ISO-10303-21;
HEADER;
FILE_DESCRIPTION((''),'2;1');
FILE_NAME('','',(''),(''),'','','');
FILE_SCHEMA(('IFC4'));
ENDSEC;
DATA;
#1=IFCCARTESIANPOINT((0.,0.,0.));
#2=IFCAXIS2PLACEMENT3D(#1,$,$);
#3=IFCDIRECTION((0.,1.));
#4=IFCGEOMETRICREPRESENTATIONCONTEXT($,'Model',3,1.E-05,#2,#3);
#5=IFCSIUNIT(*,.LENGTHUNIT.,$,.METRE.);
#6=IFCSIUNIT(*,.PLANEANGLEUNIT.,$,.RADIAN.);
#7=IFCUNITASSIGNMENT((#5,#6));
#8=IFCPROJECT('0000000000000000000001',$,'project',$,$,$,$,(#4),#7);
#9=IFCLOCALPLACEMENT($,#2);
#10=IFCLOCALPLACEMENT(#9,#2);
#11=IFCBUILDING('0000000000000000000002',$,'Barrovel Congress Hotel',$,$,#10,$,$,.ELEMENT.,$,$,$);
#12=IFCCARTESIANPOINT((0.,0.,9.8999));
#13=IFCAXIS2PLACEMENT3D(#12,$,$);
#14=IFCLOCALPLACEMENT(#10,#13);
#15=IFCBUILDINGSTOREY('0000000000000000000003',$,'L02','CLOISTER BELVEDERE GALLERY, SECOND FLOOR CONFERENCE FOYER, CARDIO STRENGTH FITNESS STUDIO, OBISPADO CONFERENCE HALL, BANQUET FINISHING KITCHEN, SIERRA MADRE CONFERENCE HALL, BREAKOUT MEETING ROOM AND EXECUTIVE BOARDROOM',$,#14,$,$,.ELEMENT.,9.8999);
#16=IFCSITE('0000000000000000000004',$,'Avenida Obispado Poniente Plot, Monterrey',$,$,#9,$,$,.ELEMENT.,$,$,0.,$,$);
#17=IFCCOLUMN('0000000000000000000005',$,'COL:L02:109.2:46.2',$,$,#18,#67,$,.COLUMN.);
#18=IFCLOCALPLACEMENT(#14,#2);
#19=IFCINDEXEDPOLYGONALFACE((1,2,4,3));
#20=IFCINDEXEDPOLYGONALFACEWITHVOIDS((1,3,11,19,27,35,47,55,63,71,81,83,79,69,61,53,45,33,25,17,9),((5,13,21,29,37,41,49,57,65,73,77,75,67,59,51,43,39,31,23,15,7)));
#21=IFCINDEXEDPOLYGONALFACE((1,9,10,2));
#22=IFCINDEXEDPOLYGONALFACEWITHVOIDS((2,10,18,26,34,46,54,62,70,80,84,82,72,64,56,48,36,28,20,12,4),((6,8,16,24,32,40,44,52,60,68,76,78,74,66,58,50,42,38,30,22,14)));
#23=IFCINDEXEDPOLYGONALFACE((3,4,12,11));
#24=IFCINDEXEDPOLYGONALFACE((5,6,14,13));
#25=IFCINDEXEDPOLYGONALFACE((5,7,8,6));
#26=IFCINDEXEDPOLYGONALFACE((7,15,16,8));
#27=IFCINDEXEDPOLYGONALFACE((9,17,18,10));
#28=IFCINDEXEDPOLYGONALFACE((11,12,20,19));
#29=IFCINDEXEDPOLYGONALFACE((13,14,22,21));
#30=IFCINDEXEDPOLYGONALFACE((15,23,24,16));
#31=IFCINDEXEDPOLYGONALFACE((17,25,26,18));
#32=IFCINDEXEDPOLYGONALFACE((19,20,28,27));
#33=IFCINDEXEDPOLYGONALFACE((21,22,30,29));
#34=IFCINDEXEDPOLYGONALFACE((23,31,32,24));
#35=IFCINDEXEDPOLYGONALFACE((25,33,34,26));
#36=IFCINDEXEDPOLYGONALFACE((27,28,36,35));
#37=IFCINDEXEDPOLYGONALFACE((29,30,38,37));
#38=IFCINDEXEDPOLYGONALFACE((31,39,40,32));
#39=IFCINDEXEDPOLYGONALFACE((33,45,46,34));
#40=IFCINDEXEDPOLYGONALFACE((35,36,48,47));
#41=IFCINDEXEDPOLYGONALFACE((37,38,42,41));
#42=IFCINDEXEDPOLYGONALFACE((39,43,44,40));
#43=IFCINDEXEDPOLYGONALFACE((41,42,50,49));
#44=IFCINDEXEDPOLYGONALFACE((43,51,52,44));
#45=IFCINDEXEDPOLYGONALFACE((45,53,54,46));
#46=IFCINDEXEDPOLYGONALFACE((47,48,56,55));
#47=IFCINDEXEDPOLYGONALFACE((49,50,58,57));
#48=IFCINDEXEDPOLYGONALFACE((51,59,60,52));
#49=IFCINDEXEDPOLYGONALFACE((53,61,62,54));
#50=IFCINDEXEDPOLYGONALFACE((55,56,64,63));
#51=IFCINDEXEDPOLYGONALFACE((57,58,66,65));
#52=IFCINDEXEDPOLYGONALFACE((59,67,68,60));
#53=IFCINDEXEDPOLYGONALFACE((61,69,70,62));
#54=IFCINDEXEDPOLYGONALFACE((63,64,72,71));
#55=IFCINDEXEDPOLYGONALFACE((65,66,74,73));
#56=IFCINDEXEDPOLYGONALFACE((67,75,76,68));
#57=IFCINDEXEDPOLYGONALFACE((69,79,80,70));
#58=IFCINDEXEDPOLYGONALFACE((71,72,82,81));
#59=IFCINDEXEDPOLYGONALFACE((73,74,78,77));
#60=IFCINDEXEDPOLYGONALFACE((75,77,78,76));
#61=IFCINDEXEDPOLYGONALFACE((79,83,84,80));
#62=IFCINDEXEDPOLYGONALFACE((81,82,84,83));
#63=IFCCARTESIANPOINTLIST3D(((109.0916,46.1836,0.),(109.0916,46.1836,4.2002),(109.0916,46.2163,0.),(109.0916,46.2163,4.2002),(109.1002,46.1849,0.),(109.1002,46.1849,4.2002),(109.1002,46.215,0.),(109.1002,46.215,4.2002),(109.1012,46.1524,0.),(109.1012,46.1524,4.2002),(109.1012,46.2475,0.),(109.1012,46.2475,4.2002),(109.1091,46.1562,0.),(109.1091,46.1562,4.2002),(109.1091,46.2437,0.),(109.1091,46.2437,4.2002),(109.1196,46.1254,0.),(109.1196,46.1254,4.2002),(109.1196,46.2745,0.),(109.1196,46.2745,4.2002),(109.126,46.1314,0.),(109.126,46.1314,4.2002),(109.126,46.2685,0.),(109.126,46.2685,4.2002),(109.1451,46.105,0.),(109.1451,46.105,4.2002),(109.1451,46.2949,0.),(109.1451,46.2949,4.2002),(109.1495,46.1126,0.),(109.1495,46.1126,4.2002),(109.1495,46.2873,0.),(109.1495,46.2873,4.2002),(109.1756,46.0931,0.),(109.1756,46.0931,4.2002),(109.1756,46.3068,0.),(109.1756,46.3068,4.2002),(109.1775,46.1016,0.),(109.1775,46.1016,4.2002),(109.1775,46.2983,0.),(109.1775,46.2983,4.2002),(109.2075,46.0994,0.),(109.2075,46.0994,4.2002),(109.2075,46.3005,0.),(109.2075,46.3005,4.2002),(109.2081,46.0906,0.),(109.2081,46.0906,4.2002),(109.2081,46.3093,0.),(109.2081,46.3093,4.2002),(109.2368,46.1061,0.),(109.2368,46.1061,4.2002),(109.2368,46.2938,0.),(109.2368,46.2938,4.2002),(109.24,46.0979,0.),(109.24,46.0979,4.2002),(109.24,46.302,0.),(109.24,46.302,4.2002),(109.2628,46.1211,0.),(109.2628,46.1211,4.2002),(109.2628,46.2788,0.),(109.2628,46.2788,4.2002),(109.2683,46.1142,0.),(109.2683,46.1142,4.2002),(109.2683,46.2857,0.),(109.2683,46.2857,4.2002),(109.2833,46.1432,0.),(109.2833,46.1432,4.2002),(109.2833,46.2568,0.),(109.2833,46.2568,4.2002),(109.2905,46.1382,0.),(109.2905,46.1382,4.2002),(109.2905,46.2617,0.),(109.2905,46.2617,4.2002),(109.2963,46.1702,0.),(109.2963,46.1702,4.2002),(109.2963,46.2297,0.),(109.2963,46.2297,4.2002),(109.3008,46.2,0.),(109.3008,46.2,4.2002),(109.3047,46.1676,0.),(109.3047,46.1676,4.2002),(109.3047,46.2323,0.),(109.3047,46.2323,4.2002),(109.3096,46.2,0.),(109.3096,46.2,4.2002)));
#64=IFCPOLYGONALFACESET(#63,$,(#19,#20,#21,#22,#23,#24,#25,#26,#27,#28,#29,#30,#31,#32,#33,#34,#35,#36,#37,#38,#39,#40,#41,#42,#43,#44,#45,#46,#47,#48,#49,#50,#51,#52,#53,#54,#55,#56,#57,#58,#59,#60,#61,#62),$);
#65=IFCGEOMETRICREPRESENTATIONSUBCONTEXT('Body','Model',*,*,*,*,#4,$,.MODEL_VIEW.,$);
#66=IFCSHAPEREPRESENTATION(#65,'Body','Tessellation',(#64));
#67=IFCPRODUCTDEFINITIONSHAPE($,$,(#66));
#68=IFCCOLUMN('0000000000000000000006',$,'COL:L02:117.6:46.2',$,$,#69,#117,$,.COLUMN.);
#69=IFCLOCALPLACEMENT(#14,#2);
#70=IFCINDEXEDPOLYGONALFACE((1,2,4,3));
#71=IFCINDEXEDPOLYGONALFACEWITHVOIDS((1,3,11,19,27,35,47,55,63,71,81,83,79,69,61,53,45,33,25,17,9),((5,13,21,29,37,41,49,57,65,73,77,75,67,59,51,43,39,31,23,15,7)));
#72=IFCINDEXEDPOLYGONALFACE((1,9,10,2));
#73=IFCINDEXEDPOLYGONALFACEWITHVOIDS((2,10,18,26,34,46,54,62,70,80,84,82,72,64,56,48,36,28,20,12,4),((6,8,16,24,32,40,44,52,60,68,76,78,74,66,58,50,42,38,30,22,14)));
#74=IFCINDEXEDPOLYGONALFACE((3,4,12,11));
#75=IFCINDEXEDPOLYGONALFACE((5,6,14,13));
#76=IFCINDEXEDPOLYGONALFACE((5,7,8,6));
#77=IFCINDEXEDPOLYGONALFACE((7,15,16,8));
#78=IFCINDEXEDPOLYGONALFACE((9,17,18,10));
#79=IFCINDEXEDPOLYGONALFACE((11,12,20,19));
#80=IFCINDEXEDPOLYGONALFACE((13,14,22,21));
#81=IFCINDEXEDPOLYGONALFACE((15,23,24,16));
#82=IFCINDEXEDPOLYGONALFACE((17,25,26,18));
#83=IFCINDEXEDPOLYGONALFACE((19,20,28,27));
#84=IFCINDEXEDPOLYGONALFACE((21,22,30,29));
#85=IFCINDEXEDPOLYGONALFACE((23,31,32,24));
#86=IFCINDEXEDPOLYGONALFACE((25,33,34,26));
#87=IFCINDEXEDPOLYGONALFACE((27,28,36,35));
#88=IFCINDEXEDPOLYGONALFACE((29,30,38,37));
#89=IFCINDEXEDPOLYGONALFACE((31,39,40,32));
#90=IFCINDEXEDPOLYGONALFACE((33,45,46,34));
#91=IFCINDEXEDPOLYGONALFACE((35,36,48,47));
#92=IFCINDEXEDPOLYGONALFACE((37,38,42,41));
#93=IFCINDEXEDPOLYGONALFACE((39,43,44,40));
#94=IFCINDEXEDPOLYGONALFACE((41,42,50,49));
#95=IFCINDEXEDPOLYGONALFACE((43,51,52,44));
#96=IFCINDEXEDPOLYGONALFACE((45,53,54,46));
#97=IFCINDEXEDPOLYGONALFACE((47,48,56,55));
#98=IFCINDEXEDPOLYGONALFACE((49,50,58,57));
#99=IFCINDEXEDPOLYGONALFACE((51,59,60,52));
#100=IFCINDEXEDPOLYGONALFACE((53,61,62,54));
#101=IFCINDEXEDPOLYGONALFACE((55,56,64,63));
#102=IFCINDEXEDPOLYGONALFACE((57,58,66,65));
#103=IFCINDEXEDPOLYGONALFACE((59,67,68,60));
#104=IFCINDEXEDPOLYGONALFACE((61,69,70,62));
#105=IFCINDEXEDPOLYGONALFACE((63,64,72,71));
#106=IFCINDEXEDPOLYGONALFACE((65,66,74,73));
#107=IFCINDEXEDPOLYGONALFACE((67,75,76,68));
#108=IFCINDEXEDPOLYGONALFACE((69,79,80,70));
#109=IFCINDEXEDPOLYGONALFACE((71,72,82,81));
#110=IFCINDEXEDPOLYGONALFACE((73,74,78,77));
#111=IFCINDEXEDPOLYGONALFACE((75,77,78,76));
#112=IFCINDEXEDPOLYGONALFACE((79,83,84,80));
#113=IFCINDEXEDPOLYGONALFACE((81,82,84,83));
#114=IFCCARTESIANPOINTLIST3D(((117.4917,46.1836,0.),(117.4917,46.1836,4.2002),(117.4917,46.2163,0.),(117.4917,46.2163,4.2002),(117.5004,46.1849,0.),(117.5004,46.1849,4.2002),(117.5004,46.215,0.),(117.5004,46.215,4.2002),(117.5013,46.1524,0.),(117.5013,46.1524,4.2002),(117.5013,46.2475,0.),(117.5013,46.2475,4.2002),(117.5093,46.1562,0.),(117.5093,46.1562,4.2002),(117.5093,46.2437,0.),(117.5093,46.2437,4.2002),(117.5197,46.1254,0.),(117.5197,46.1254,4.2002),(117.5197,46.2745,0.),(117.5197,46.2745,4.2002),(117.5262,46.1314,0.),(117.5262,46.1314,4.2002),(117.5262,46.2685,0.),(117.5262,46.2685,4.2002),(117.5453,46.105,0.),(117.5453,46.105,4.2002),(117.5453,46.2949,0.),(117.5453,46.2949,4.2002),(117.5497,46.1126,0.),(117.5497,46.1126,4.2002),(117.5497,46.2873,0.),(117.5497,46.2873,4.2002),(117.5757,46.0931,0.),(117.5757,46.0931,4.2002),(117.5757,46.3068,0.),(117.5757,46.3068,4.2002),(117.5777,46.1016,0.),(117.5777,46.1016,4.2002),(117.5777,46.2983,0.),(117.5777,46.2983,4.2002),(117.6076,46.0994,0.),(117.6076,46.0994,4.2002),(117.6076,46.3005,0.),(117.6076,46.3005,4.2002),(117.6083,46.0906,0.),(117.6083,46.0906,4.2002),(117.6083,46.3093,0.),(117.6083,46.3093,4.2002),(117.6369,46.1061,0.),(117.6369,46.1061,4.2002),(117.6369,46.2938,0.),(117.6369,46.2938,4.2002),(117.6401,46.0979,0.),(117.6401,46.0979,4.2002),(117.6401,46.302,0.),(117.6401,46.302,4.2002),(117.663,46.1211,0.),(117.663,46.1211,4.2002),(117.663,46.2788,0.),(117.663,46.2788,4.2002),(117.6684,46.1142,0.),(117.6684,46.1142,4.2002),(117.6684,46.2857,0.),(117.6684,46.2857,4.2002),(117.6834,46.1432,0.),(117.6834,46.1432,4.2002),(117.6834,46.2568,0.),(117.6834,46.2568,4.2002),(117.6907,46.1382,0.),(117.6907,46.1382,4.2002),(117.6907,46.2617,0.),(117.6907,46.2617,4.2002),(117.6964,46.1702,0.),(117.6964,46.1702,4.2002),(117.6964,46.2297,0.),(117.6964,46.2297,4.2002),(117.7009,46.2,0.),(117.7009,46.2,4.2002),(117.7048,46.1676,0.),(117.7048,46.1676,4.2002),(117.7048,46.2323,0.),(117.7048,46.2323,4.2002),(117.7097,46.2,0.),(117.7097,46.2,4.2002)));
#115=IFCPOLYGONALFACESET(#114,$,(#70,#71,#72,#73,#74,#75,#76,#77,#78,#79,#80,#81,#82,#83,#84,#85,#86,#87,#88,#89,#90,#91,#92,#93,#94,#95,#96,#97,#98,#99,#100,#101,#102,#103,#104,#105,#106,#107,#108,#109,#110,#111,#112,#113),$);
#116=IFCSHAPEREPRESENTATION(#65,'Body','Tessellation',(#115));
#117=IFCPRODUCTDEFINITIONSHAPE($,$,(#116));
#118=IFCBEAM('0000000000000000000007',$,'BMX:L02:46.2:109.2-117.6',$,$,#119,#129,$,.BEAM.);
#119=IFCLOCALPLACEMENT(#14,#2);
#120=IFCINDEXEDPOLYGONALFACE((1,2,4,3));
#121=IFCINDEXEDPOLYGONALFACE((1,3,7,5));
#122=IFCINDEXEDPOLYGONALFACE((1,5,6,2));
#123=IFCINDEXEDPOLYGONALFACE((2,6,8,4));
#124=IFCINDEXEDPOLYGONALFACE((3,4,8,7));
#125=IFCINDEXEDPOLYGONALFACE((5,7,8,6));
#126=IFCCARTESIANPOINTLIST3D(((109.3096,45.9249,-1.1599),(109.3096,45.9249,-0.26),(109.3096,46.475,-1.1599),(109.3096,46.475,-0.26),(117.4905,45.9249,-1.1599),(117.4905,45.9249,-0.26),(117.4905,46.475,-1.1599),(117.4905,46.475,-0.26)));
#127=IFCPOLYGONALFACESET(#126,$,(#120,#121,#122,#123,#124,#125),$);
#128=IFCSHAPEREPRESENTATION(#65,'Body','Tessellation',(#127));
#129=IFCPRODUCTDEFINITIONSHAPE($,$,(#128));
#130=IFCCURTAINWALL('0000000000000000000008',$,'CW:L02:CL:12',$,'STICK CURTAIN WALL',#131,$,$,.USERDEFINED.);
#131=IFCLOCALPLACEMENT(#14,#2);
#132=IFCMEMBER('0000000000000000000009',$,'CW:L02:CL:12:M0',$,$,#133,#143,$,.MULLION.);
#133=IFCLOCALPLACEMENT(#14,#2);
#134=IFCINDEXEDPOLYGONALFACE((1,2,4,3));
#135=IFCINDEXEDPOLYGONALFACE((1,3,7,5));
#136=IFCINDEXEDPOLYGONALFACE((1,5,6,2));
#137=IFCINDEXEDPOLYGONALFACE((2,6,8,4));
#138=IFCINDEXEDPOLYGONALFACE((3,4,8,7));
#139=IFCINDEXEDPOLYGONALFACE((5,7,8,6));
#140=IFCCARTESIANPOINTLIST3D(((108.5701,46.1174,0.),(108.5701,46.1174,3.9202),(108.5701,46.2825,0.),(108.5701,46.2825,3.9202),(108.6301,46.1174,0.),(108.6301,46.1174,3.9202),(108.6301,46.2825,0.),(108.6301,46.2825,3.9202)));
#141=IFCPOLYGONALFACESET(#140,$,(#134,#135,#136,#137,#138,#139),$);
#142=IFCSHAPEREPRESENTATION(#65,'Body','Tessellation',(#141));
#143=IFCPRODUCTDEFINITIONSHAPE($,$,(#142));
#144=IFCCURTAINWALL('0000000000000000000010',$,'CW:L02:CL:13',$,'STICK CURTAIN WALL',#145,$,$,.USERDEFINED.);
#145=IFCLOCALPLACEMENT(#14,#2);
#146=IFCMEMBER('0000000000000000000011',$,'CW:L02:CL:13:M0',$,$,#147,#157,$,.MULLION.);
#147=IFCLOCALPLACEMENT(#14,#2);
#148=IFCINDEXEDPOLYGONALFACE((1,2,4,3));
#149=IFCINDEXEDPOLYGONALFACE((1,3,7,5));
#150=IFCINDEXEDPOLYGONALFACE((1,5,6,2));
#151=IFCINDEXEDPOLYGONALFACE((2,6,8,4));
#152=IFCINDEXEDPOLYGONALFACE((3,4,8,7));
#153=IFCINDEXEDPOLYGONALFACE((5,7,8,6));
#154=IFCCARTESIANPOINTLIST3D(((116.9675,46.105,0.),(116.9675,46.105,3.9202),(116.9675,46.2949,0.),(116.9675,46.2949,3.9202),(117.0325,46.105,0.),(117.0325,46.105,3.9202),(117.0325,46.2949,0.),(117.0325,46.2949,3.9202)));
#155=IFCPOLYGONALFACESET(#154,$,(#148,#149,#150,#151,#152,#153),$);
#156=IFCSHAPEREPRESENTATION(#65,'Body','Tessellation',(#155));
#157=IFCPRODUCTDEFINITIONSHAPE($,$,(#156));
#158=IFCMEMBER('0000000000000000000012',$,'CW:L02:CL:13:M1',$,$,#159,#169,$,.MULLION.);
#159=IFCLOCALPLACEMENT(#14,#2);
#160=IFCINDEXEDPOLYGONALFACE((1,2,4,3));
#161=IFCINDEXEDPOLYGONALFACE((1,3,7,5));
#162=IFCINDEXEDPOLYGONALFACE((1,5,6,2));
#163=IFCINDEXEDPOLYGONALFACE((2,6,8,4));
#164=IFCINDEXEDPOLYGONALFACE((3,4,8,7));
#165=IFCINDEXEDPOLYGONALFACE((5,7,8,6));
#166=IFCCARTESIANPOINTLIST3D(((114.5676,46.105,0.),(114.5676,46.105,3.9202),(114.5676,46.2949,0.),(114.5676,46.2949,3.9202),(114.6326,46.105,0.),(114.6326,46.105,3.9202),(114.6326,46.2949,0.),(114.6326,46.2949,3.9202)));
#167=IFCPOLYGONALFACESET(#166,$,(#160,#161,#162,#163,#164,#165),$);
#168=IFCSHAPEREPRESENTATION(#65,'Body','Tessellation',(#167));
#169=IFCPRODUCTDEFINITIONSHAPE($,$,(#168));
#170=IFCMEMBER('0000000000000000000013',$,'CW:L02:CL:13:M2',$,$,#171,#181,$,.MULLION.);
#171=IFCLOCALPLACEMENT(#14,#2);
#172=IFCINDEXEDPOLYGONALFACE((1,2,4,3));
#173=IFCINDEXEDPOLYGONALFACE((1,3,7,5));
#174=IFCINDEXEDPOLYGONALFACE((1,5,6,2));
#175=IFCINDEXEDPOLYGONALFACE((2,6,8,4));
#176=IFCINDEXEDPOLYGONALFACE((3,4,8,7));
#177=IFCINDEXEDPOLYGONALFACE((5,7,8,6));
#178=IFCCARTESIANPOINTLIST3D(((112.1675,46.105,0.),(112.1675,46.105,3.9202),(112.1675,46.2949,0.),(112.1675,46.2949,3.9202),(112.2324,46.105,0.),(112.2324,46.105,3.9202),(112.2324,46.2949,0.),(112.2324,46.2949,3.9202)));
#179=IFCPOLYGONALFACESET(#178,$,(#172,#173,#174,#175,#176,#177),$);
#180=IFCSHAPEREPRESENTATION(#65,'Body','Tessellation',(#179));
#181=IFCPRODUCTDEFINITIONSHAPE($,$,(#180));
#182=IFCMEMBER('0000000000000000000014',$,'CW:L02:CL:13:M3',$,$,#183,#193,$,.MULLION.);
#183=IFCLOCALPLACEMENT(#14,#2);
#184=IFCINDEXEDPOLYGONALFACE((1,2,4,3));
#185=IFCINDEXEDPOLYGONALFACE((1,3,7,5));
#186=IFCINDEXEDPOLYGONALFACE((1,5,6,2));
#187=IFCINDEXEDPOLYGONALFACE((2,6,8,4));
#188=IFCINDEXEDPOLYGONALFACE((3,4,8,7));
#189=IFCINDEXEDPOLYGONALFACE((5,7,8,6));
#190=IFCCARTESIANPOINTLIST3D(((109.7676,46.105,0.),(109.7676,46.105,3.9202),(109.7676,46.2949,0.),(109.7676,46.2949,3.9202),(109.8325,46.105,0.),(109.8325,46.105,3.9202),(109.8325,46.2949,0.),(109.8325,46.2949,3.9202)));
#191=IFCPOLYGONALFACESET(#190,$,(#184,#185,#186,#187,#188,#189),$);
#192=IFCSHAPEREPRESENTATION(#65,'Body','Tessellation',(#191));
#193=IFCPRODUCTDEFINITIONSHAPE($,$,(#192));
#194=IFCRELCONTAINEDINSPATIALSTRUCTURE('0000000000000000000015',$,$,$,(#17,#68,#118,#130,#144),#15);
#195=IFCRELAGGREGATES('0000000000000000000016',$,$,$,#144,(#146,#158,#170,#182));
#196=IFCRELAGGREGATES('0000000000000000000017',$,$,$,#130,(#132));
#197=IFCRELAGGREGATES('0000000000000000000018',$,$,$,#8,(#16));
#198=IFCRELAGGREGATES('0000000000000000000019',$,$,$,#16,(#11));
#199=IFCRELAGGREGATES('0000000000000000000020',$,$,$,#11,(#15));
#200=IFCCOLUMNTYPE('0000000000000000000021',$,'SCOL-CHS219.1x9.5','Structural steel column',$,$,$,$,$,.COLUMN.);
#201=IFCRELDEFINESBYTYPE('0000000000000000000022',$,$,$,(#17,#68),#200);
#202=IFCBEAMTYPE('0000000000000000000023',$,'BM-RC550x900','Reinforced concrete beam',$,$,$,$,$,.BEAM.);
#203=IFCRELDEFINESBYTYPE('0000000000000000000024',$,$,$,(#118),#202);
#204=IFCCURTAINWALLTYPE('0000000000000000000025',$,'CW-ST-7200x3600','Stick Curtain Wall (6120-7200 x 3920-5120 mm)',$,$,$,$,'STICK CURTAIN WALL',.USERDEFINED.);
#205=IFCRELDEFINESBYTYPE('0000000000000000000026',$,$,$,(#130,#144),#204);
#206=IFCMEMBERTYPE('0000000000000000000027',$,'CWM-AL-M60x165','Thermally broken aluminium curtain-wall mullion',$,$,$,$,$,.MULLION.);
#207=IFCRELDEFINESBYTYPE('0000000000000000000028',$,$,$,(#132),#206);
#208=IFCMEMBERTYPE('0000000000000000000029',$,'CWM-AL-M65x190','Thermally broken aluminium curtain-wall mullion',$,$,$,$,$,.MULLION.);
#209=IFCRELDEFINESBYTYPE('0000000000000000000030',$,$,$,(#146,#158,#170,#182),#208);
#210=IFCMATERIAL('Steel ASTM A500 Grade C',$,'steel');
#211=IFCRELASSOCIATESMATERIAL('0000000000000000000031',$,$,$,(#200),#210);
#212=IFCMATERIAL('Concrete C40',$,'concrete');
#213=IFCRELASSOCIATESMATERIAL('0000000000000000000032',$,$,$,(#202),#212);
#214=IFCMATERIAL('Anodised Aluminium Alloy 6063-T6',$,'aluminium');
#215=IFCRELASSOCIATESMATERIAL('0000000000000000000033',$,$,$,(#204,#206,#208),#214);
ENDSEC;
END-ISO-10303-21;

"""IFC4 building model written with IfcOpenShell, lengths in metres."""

from ifc_helpers import new_model, si_unit, direction, frame, origin, origin_2d, place, context, subcontext, project, spatial, rectangle, hollow_circle, extrude, material, material_profile, profile_set, type_object, element, aggregate, save


model = new_model("IFC4")

# Units and contexts
model_context = context("Model", 3, precision=1e-05, world=origin(), true_north=direction((0.0, 1.0)))
body_context = subcontext(model_context, "Body", "Model", "MODEL_VIEW")
ifc_project = project(units=[si_unit("LENGTHUNIT", "METRE"), si_unit("PLANEANGLEUNIT", "RADIAN")], contexts=[model_context])

# Site, building, storey
site_placement = place(None, origin())
site = spatial("IfcSite", under=ifc_project, at=site_placement, Name="Avenida Obispado Poniente Plot, Monterrey", CompositionType="ELEMENT", RefElevation=0.0)
building_placement = place(site_placement, origin())
building = spatial("IfcBuilding", under=site, at=building_placement, Name="Barrovel Congress Hotel", CompositionType="ELEMENT")
storey_placement = place(building_placement, frame((0.0, 0.0, 9.8999)))
storey = spatial("IfcBuildingStorey", under=building, at=storey_placement, Name="L02", Description="CLOISTER BELVEDERE GALLERY, SECOND FLOOR CONFERENCE FOYER, CARDIO STRENGTH FITNESS STUDIO, OBISPADO CONFERENCE HALL, BANQUET FINISHING KITCHEN, SIERRA MADRE CONFERENCE HALL, BREAKOUT MEETING ROOM AND EXECUTIVE BOARDROOM", CompositionType="ELEMENT", Elevation=9.8999)

# Columns
ifc_material_1 = material(Name="Steel ASTM A500 Grade C", Category="steel")
ifc_material_profile_1 = material_profile(ifc_material_1, hollow_circle(Radius=0.1096, WallThickness=0.0088, at=origin_2d()), Name="CHS219.1x9.5")
ifc_profile_set_1 = profile_set([ifc_material_profile_1], Name="Steel ASTM A500 Grade C")
column_type = type_object("IfcColumnType", Name="SCOL-CHS219.1x9.5", Description="Structural steel column", PredefinedType="COLUMN", material=ifc_profile_set_1)
for number, where, z_axis, x_axis, name in (
    (1, (109.2, 46.2, 0.0), (0.0, 0.0, 1.0), (1.0, 0.0, 0.0), "COL:L02:109.2:46.2"),
    (2, (117.6001, 46.2, 0.0), (0.0, 0.0, 1.0), (1.0, 0.0, 0.0), "COL:L02:117.6:46.2"),
):
    element("IfcColumn", number, at=place(storey_placement, frame(where, z_axis=z_axis, x_axis=x_axis)), inside=storey, type_object=column_type, Name=name, PredefinedType="COLUMN", context=body_context, shape_type="SweptSolid", body=[
        extrude(hollow_circle(Radius=0.1096, WallThickness=0.0088, at=origin_2d()), origin(), (0.0, 0.0, 1.0), 4.2002),
    ])

# Beam
ifc_material_2 = material(Name="Concrete C40", Category="concrete")
ifc_material_profile_2 = material_profile(ifc_material_2, rectangle(XDim=0.55, YDim=0.8999, at=origin_2d()), Name="RC550x900")
ifc_profile_set_2 = profile_set([ifc_material_profile_2], Name="Concrete C40")
beam_type_1 = type_object("IfcBeamType", Name="BM-RC550x900", Description="Reinforced concrete beam", PredefinedType="BEAM", material=ifc_profile_set_2)
beam_1_placement = place(storey_placement, frame((109.3096, 46.2, -0.71), z_axis=(1.0, 0.0, 0.0), x_axis=(0.0, 1.0, 0.0)))
element("IfcBeam", 3, at=beam_1_placement, inside=storey, type_object=beam_type_1, Name="BMX:L02:46.2:109.2-117.6", PredefinedType="BEAM", context=body_context, shape_type="SweptSolid", body=[
    extrude(rectangle(XDim=0.55, YDim=0.8999, at=origin_2d()), origin(), (0.0, 0.0, 1.0), 8.1809),
])

# Curtain wall, member
ifc_material_3 = material(Name="Anodised Aluminium Alloy 6063-T6", Category="aluminium")
curtain_wall_type = type_object("IfcCurtainWallType", Name="CW-ST-7200x3600", Description="Stick Curtain Wall (6120-7200 x 3920-5120 mm)", ElementType="STICK CURTAIN WALL", PredefinedType="USERDEFINED", material=ifc_material_3)
curtain_wall_1_placement = place(storey_placement, origin())
curtain_wall_1 = element("IfcCurtainWall", 4, at=curtain_wall_1_placement, inside=storey, type_object=curtain_wall_type, Name="CW:L02:CL:12", ObjectType="STICK CURTAIN WALL", PredefinedType="USERDEFINED")
ifc_material_profile_3 = material_profile(ifc_material_3, rectangle(XDim=0.0601, YDim=0.165, at=origin_2d()), Name="AL-M60x165")
ifc_profile_set_3 = profile_set([ifc_material_profile_3], Name="Anodised Aluminium Alloy 6063-T6")
member_type_1 = type_object("IfcMemberType", Name="CWM-AL-M60x165", Description="Thermally broken aluminium curtain-wall mullion", PredefinedType="MULLION", material=ifc_profile_set_3)
member_1_placement = place(storey_placement, frame((108.6001, 46.2, 0.0), z_axis=(0.0, 0.0, 1.0), x_axis=(1.0, 0.0, 0.0)))
member_1 = element("IfcMember", 5, at=member_1_placement, type_object=member_type_1, Name="CW:L02:CL:12:M0", PredefinedType="MULLION", context=body_context, shape_type="SweptSolid", body=[
    extrude(rectangle(XDim=0.0601, YDim=0.165, at=origin_2d()), origin(), (0.0, 0.0, 1.0), 3.9202),
])

# Curtain wall, members
curtain_wall_2_placement = place(storey_placement, origin())
curtain_wall_2 = element("IfcCurtainWall", 6, at=curtain_wall_2_placement, inside=storey, type_object=curtain_wall_type, Name="CW:L02:CL:13", ObjectType="STICK CURTAIN WALL", PredefinedType="USERDEFINED")
ifc_material_profile_4 = material_profile(ifc_material_3, rectangle(XDim=0.0649, YDim=0.1899, at=origin_2d()), Name="AL-M65x190")
ifc_profile_set_4 = profile_set([ifc_material_profile_4], Name="Anodised Aluminium Alloy 6063-T6")
member_type_2 = type_object("IfcMemberType", Name="CWM-AL-M65x190", Description="Thermally broken aluminium curtain-wall mullion", PredefinedType="MULLION", material=ifc_profile_set_4)
member_2_placement = place(storey_placement, frame((117.0, 46.2, 0.0), z_axis=(0.0, 0.0, 1.0), x_axis=(1.0, 0.0, 0.0)))
member_2 = element("IfcMember", 7, at=member_2_placement, type_object=member_type_2, Name="CW:L02:CL:13:M0", PredefinedType="MULLION", context=body_context, shape_type="SweptSolid", body=[
    extrude(rectangle(XDim=0.0649, YDim=0.1899, at=origin_2d()), origin(), (0.0, 0.0, 1.0), 3.9202),
])
member_3_placement = place(storey_placement, frame((114.6001, 46.2, 0.0), z_axis=(0.0, 0.0, 1.0), x_axis=(1.0, 0.0, 0.0)))
member_3 = element("IfcMember", 8, at=member_3_placement, type_object=member_type_2, Name="CW:L02:CL:13:M1", PredefinedType="MULLION", context=body_context, shape_type="SweptSolid", body=[
    extrude(rectangle(XDim=0.0649, YDim=0.1899, at=origin_2d()), origin(), (0.0, 0.0, 1.0), 3.9202),
])
member_4_placement = place(storey_placement, frame((112.2, 46.2, 0.0), z_axis=(0.0, 0.0, 1.0), x_axis=(1.0, 0.0, 0.0)))
member_4 = element("IfcMember", 9, at=member_4_placement, type_object=member_type_2, Name="CW:L02:CL:13:M2", PredefinedType="MULLION", context=body_context, shape_type="SweptSolid", body=[
    extrude(rectangle(XDim=0.0649, YDim=0.1899, at=origin_2d()), origin(), (0.0, 0.0, 1.0), 3.9202),
])
member_5_placement = place(storey_placement, frame((109.8, 46.2, 0.0), z_axis=(0.0, 0.0, 1.0), x_axis=(1.0, 0.0, 0.0)))
member_5 = element("IfcMember", 10, at=member_5_placement, type_object=member_type_2, Name="CW:L02:CL:13:M3", PredefinedType="MULLION", context=body_context, shape_type="SweptSolid", body=[
    extrude(rectangle(XDim=0.0649, YDim=0.1899, at=origin_2d()), origin(), (0.0, 0.0, 1.0), 3.9202),
])

aggregate(curtain_wall_2, [member_2, member_3, member_4, member_5])
aggregate(curtain_wall_1, [member_1])

save(model, "model.ifc")
